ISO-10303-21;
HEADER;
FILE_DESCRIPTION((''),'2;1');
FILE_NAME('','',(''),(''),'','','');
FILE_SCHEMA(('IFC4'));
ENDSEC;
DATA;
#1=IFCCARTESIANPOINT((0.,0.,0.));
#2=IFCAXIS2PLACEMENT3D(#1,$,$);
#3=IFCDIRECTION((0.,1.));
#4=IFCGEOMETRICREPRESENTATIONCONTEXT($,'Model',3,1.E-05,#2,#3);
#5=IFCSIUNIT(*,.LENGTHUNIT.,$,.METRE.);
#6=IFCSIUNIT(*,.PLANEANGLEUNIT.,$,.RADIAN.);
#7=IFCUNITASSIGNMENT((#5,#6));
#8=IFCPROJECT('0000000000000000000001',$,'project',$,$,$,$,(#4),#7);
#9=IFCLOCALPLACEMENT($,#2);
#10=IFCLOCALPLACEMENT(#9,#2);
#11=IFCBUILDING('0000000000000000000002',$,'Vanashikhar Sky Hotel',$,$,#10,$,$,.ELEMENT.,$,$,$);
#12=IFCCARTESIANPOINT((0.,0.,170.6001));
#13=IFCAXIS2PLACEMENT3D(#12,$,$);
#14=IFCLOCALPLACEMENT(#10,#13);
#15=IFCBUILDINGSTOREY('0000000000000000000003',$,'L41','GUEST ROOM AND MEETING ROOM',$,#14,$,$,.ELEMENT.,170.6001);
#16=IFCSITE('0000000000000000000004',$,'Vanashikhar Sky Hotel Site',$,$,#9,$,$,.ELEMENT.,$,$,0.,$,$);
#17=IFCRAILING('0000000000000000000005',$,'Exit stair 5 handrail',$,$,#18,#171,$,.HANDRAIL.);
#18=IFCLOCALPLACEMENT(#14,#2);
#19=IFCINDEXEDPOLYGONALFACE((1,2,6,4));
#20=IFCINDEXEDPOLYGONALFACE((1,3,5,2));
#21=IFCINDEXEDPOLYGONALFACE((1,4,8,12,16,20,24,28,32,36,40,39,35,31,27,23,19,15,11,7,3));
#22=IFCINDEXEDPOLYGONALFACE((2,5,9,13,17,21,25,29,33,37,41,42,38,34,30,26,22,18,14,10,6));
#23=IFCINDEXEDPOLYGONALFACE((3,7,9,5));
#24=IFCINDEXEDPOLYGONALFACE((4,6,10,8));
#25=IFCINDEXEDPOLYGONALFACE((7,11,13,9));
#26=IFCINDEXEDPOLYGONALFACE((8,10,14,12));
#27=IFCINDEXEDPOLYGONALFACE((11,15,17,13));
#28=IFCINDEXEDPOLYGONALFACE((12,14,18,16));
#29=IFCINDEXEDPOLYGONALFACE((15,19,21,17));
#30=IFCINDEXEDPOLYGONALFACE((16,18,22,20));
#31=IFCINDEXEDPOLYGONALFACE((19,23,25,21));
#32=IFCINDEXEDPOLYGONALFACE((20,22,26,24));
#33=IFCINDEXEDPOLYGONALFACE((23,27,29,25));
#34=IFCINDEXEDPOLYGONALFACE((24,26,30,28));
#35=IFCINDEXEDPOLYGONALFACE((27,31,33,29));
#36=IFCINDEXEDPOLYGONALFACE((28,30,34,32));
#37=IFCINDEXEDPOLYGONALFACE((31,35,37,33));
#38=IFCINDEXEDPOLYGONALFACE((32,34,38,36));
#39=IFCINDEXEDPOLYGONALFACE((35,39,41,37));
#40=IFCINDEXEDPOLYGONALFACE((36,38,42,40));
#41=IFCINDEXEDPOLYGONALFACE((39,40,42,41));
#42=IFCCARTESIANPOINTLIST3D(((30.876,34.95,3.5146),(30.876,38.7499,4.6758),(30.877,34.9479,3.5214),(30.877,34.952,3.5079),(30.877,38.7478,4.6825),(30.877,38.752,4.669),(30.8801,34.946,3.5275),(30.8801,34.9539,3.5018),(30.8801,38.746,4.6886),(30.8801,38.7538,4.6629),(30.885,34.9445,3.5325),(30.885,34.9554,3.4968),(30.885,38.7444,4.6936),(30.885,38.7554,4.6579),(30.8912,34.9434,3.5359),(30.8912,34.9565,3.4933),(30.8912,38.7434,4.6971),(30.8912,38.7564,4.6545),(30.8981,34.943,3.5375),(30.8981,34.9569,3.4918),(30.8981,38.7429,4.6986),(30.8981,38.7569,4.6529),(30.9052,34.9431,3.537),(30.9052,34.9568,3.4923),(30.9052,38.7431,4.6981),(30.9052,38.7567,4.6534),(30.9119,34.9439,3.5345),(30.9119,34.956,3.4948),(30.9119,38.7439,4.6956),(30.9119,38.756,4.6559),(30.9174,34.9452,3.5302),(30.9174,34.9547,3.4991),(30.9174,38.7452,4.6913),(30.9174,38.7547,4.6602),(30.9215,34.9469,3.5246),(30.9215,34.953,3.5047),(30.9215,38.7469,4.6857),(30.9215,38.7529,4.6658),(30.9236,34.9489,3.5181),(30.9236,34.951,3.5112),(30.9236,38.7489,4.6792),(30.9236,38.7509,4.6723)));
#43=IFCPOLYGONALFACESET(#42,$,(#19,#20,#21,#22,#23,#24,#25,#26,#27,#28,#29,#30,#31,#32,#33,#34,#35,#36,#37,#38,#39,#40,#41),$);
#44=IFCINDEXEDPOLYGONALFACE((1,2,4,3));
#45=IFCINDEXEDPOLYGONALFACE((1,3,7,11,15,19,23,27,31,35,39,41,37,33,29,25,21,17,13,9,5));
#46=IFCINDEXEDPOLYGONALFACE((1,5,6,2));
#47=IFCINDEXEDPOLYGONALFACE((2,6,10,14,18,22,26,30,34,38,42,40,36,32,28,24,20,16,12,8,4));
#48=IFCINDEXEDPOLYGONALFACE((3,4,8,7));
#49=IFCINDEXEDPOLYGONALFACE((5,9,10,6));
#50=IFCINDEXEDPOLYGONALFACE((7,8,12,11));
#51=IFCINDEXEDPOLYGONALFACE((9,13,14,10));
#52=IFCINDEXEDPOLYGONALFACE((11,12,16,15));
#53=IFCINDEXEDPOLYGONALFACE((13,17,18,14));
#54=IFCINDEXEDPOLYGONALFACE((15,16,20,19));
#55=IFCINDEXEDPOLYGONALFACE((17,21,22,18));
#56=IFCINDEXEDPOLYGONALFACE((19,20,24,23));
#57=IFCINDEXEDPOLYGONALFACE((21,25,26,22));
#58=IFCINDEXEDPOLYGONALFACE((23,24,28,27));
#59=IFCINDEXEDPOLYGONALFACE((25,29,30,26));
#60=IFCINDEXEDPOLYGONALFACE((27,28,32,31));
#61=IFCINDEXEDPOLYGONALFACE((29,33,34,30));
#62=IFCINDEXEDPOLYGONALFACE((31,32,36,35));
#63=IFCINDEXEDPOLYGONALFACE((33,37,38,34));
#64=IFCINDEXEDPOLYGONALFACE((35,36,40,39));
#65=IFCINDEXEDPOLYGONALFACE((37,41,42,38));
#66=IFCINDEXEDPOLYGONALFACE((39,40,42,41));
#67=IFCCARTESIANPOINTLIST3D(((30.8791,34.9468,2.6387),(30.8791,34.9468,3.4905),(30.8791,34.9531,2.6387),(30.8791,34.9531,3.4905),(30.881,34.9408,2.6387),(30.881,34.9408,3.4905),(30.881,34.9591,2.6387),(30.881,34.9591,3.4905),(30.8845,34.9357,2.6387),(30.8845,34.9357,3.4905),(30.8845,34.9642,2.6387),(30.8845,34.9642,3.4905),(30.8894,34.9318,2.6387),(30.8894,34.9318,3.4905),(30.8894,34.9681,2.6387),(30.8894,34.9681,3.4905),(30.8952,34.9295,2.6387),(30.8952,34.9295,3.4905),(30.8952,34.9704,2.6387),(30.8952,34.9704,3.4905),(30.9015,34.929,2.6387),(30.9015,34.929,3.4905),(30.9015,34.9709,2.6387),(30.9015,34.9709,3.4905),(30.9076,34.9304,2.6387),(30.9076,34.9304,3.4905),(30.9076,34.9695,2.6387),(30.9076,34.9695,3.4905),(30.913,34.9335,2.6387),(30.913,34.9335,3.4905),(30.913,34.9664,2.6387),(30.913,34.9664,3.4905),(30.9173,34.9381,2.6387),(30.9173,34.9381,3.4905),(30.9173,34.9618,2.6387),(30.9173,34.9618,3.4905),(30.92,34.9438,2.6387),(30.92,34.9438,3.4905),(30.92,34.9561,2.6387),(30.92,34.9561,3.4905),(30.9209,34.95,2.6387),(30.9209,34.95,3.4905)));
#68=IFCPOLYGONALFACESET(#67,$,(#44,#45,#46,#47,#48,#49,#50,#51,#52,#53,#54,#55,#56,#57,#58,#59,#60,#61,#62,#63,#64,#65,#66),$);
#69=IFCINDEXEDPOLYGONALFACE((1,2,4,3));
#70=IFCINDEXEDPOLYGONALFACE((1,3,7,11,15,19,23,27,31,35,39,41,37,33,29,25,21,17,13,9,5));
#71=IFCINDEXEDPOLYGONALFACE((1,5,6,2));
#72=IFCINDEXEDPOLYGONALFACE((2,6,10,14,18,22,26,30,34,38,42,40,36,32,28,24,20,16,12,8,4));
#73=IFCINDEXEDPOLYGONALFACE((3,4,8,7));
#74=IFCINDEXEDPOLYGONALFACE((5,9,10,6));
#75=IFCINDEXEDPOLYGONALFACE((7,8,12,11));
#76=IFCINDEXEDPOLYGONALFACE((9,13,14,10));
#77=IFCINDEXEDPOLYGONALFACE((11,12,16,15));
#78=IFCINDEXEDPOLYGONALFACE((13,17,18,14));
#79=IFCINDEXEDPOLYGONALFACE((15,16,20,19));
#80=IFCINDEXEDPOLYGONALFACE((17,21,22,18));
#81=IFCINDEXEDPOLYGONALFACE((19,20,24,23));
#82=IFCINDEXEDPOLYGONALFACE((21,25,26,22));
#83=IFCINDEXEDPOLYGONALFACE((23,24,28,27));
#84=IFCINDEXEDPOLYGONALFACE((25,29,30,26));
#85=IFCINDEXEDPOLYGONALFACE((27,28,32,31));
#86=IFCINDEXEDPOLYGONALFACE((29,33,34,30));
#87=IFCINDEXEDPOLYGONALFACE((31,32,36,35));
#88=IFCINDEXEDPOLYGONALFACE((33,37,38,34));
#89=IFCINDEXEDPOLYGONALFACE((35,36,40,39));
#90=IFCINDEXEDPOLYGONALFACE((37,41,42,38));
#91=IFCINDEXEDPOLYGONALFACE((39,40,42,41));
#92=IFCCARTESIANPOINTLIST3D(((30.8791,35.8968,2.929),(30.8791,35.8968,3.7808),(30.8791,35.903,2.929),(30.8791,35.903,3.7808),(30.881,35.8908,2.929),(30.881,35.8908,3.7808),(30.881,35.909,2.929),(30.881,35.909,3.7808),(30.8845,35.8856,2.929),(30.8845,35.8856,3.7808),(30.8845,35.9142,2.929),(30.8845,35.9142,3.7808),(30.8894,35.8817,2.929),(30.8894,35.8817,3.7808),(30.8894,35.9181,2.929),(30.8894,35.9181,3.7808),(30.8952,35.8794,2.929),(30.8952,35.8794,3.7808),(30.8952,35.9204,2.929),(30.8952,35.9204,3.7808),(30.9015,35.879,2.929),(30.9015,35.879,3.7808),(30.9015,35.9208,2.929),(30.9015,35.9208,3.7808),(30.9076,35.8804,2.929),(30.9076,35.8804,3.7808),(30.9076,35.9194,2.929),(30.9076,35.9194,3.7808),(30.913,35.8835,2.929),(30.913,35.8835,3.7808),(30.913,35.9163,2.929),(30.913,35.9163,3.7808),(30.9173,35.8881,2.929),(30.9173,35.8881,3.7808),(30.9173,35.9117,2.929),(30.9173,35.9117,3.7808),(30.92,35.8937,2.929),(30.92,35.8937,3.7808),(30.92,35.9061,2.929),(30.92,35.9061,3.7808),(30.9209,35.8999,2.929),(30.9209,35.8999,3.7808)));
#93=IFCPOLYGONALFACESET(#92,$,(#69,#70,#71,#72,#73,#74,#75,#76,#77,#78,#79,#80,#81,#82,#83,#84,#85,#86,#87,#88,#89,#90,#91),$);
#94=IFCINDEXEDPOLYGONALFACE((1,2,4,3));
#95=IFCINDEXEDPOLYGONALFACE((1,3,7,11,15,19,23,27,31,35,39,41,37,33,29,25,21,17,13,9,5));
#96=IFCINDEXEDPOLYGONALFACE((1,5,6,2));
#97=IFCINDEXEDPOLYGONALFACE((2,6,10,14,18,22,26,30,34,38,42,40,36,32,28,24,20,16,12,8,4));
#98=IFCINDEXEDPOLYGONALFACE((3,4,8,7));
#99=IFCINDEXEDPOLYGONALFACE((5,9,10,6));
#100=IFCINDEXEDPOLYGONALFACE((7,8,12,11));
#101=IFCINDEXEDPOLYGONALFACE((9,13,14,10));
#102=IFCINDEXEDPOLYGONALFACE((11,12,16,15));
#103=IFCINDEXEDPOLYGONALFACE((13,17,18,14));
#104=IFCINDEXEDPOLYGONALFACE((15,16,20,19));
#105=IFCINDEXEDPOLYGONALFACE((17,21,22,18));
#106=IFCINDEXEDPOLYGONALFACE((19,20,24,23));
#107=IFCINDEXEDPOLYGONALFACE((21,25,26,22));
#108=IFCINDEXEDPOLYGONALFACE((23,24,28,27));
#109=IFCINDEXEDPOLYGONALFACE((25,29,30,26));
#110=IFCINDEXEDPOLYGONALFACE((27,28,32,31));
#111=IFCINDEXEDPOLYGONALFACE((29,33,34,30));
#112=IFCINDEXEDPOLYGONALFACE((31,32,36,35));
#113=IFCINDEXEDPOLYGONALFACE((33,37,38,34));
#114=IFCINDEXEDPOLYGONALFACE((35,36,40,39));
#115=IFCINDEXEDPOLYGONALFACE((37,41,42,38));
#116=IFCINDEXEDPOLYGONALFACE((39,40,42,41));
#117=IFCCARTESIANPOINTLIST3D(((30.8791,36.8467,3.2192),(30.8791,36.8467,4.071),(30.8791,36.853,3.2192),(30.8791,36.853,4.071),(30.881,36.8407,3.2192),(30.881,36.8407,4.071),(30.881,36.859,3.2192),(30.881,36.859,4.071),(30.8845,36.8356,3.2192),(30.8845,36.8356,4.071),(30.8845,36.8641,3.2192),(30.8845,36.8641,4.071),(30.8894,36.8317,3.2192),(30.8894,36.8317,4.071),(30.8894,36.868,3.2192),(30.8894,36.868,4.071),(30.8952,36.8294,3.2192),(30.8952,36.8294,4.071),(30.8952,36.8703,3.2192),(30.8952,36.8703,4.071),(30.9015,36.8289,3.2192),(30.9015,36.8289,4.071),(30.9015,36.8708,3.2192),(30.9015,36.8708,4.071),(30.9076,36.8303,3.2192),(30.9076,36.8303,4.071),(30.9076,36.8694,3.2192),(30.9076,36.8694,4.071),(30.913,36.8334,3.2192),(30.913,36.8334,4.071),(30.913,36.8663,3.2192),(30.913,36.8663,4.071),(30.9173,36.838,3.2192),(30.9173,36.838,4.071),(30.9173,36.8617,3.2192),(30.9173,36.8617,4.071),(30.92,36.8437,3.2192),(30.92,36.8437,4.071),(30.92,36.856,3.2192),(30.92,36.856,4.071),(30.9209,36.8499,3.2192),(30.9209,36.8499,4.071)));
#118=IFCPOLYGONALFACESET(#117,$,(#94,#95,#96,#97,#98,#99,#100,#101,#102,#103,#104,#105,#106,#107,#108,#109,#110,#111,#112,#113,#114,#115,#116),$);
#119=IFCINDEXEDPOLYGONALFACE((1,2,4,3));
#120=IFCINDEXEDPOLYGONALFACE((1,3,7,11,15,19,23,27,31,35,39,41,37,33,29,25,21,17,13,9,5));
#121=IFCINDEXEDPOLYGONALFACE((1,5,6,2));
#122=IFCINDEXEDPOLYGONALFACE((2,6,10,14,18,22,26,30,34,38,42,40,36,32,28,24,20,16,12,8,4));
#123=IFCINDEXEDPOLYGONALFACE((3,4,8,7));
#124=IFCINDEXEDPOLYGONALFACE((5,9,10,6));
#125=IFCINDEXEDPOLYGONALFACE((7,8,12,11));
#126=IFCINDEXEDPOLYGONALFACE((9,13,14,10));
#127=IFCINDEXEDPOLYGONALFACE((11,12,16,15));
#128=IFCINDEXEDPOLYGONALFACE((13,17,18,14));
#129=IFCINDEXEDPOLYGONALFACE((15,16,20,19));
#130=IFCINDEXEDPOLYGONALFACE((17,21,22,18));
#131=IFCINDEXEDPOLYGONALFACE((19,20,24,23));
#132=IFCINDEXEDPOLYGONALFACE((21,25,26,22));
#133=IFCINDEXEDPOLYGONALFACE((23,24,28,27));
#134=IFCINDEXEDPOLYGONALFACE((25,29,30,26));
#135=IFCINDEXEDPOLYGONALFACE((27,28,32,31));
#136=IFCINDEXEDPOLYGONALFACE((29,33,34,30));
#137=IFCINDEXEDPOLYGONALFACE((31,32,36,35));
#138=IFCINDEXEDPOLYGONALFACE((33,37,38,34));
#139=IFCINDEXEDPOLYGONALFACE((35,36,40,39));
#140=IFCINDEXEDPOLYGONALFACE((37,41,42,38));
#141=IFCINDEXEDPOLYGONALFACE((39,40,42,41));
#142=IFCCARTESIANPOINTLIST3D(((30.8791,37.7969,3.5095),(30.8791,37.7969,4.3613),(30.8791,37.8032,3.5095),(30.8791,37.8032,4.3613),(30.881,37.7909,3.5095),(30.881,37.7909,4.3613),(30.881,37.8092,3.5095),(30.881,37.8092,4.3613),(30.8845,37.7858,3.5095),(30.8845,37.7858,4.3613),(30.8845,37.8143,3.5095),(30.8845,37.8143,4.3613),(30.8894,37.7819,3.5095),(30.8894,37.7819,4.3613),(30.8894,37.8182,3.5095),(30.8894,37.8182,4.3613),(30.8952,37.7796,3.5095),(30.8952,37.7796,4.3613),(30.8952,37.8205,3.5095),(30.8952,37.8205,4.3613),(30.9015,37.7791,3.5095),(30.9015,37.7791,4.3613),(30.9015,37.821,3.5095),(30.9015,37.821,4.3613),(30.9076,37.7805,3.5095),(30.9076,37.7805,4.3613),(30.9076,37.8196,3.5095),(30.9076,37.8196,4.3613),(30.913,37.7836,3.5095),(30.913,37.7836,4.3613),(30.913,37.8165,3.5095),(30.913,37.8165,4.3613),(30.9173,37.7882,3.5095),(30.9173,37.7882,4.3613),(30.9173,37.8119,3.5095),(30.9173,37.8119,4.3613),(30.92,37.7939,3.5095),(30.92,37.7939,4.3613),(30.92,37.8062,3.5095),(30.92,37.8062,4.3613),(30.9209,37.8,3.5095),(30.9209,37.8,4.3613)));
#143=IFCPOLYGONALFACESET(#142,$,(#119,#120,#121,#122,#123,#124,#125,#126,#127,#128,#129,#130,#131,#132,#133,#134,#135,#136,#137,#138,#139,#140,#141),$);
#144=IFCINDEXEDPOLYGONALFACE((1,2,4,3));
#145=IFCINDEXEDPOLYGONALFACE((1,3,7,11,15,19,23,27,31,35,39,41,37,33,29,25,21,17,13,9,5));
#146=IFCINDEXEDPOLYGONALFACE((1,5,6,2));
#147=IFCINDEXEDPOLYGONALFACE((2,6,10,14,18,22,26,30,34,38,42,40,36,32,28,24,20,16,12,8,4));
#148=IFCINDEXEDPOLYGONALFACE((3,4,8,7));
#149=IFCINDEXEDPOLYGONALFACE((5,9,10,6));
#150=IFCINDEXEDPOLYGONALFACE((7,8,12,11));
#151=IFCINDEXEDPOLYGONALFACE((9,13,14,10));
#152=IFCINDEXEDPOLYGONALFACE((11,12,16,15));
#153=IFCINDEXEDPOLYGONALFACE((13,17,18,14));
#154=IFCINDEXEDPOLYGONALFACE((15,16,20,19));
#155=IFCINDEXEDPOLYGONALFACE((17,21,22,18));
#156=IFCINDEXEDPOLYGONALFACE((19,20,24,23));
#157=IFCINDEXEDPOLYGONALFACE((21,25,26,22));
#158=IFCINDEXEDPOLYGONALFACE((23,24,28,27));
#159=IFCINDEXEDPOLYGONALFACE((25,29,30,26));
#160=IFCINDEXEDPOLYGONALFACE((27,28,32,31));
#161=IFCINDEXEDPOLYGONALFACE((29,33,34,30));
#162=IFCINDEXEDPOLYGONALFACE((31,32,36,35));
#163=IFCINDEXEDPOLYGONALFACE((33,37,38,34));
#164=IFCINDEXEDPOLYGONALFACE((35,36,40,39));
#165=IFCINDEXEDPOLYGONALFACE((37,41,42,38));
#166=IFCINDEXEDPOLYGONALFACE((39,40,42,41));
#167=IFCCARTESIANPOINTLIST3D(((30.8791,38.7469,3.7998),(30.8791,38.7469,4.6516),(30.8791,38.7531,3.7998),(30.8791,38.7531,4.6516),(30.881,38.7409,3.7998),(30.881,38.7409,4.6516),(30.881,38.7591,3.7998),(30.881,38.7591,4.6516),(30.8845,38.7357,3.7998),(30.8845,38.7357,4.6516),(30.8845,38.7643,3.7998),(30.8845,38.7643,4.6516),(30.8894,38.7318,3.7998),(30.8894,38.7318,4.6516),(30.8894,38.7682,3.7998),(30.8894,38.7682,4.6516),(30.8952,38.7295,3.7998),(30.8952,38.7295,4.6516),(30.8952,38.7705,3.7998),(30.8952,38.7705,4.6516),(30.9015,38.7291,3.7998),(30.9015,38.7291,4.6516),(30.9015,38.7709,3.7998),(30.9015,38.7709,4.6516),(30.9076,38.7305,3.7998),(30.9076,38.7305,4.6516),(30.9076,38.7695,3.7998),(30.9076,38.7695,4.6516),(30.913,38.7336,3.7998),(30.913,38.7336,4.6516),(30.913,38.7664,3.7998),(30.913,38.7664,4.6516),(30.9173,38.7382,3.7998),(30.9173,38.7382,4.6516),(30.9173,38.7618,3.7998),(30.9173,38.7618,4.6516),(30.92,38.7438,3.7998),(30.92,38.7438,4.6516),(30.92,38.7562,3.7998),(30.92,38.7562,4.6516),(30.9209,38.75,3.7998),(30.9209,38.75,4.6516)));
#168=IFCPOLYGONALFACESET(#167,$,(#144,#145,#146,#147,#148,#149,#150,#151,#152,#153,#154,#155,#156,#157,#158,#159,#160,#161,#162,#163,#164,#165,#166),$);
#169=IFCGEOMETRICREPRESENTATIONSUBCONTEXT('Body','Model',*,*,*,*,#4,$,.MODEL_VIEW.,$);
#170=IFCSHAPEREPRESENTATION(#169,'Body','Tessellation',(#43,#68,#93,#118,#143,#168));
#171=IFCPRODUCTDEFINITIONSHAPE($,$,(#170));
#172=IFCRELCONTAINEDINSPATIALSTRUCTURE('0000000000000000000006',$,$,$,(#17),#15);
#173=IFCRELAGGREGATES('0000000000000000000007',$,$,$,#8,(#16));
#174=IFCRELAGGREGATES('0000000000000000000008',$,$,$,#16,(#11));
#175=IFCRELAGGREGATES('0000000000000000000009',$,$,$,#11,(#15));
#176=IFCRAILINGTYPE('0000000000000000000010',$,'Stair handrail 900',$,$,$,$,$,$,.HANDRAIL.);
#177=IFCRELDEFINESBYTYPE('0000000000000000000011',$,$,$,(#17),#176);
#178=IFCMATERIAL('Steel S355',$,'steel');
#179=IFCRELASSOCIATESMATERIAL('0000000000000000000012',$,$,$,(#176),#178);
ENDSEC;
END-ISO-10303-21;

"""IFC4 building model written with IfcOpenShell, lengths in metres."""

from ifc_helpers import new_model, si_unit, direction, frame, origin, origin_2d, place, context, subcontext, project, spatial, circle, extrude, source, transform, mapped, material, type_object, element, save


model = new_model("IFC4")

# Units and contexts
model_context = context("Model", 3, precision=1e-05, world=origin(), true_north=direction((0.0, 1.0)))
body_context = subcontext(model_context, "Body", "Model", "MODEL_VIEW")
ifc_project = project(units=[si_unit("LENGTHUNIT", "METRE"), si_unit("PLANEANGLEUNIT", "RADIAN")], contexts=[model_context])

# Site, building, storey
site_placement = place(None, origin())
site = spatial("IfcSite", under=ifc_project, at=site_placement, Name="Vanashikhar Sky Hotel Site", CompositionType="ELEMENT", RefElevation=0.0)
building_placement = place(site_placement, origin())
building = spatial("IfcBuilding", under=site, at=building_placement, Name="Vanashikhar Sky Hotel", CompositionType="ELEMENT")
storey_placement = place(building_placement, frame((0.0, 0.0, 170.6001)))
storey = spatial("IfcBuildingStorey", under=building, at=storey_placement, Name="L41", Description="GUEST ROOM AND MEETING ROOM", CompositionType="ELEMENT", Elevation=170.6001)

# Railing
ifc_material_1 = material(Name="Steel S355", Category="steel")
railing_type_1 = type_object("IfcRailingType", Name="Stair handrail 900", PredefinedType="HANDRAIL", material=ifc_material_1)
shared_shape_1 = source(origin(), body_context, "Body", "SweptSolid", [
    extrude(circle(Radius=0.0239, at=origin_2d()), frame((0.0, 0.0, 0.876), z_axis=(0.0, 0.956351, 0.29222), x_axis=(-1.0, 0.0, 0.0)), (0.0, 0.0, 1.0), 3.9734),
    extrude(circle(Radius=0.021, at=origin_2d()), origin(), (0.0, 0.0, 1.0), 0.8518),
    extrude(circle(Radius=0.021, at=origin_2d()), frame((0.0, 0.95, 0.2903)), (0.0, 0.0, 1.0), 0.8518),
    extrude(circle(Radius=0.021, at=origin_2d()), frame((0.0, 1.8999, 0.5806)), (0.0, 0.0, 1.0), 0.8518),
    extrude(circle(Radius=0.021, at=origin_2d()), frame((0.0, 2.8501, 0.8708)), (0.0, 0.0, 1.0), 0.8518),
    extrude(circle(Radius=0.021, at=origin_2d()), frame((0.0, 3.8, 1.1611)), (0.0, 0.0, 1.0), 0.8518),
])
for number, where, name in (
    (1, (30.8999, 34.95, 2.6387), "Exit stair 5 handrail"),
):
    element("IfcRailing", number, at=place(storey_placement, frame(where)), inside=storey, type_object=railing_type_1, Name=name, PredefinedType="HANDRAIL", context=body_context, shape_type="MappedRepresentation", body=[
        mapped(shared_shape_1, transform((0.0, 0.0, 0.0), scale=1.0)),
    ])

save(model, "model.ifc")
